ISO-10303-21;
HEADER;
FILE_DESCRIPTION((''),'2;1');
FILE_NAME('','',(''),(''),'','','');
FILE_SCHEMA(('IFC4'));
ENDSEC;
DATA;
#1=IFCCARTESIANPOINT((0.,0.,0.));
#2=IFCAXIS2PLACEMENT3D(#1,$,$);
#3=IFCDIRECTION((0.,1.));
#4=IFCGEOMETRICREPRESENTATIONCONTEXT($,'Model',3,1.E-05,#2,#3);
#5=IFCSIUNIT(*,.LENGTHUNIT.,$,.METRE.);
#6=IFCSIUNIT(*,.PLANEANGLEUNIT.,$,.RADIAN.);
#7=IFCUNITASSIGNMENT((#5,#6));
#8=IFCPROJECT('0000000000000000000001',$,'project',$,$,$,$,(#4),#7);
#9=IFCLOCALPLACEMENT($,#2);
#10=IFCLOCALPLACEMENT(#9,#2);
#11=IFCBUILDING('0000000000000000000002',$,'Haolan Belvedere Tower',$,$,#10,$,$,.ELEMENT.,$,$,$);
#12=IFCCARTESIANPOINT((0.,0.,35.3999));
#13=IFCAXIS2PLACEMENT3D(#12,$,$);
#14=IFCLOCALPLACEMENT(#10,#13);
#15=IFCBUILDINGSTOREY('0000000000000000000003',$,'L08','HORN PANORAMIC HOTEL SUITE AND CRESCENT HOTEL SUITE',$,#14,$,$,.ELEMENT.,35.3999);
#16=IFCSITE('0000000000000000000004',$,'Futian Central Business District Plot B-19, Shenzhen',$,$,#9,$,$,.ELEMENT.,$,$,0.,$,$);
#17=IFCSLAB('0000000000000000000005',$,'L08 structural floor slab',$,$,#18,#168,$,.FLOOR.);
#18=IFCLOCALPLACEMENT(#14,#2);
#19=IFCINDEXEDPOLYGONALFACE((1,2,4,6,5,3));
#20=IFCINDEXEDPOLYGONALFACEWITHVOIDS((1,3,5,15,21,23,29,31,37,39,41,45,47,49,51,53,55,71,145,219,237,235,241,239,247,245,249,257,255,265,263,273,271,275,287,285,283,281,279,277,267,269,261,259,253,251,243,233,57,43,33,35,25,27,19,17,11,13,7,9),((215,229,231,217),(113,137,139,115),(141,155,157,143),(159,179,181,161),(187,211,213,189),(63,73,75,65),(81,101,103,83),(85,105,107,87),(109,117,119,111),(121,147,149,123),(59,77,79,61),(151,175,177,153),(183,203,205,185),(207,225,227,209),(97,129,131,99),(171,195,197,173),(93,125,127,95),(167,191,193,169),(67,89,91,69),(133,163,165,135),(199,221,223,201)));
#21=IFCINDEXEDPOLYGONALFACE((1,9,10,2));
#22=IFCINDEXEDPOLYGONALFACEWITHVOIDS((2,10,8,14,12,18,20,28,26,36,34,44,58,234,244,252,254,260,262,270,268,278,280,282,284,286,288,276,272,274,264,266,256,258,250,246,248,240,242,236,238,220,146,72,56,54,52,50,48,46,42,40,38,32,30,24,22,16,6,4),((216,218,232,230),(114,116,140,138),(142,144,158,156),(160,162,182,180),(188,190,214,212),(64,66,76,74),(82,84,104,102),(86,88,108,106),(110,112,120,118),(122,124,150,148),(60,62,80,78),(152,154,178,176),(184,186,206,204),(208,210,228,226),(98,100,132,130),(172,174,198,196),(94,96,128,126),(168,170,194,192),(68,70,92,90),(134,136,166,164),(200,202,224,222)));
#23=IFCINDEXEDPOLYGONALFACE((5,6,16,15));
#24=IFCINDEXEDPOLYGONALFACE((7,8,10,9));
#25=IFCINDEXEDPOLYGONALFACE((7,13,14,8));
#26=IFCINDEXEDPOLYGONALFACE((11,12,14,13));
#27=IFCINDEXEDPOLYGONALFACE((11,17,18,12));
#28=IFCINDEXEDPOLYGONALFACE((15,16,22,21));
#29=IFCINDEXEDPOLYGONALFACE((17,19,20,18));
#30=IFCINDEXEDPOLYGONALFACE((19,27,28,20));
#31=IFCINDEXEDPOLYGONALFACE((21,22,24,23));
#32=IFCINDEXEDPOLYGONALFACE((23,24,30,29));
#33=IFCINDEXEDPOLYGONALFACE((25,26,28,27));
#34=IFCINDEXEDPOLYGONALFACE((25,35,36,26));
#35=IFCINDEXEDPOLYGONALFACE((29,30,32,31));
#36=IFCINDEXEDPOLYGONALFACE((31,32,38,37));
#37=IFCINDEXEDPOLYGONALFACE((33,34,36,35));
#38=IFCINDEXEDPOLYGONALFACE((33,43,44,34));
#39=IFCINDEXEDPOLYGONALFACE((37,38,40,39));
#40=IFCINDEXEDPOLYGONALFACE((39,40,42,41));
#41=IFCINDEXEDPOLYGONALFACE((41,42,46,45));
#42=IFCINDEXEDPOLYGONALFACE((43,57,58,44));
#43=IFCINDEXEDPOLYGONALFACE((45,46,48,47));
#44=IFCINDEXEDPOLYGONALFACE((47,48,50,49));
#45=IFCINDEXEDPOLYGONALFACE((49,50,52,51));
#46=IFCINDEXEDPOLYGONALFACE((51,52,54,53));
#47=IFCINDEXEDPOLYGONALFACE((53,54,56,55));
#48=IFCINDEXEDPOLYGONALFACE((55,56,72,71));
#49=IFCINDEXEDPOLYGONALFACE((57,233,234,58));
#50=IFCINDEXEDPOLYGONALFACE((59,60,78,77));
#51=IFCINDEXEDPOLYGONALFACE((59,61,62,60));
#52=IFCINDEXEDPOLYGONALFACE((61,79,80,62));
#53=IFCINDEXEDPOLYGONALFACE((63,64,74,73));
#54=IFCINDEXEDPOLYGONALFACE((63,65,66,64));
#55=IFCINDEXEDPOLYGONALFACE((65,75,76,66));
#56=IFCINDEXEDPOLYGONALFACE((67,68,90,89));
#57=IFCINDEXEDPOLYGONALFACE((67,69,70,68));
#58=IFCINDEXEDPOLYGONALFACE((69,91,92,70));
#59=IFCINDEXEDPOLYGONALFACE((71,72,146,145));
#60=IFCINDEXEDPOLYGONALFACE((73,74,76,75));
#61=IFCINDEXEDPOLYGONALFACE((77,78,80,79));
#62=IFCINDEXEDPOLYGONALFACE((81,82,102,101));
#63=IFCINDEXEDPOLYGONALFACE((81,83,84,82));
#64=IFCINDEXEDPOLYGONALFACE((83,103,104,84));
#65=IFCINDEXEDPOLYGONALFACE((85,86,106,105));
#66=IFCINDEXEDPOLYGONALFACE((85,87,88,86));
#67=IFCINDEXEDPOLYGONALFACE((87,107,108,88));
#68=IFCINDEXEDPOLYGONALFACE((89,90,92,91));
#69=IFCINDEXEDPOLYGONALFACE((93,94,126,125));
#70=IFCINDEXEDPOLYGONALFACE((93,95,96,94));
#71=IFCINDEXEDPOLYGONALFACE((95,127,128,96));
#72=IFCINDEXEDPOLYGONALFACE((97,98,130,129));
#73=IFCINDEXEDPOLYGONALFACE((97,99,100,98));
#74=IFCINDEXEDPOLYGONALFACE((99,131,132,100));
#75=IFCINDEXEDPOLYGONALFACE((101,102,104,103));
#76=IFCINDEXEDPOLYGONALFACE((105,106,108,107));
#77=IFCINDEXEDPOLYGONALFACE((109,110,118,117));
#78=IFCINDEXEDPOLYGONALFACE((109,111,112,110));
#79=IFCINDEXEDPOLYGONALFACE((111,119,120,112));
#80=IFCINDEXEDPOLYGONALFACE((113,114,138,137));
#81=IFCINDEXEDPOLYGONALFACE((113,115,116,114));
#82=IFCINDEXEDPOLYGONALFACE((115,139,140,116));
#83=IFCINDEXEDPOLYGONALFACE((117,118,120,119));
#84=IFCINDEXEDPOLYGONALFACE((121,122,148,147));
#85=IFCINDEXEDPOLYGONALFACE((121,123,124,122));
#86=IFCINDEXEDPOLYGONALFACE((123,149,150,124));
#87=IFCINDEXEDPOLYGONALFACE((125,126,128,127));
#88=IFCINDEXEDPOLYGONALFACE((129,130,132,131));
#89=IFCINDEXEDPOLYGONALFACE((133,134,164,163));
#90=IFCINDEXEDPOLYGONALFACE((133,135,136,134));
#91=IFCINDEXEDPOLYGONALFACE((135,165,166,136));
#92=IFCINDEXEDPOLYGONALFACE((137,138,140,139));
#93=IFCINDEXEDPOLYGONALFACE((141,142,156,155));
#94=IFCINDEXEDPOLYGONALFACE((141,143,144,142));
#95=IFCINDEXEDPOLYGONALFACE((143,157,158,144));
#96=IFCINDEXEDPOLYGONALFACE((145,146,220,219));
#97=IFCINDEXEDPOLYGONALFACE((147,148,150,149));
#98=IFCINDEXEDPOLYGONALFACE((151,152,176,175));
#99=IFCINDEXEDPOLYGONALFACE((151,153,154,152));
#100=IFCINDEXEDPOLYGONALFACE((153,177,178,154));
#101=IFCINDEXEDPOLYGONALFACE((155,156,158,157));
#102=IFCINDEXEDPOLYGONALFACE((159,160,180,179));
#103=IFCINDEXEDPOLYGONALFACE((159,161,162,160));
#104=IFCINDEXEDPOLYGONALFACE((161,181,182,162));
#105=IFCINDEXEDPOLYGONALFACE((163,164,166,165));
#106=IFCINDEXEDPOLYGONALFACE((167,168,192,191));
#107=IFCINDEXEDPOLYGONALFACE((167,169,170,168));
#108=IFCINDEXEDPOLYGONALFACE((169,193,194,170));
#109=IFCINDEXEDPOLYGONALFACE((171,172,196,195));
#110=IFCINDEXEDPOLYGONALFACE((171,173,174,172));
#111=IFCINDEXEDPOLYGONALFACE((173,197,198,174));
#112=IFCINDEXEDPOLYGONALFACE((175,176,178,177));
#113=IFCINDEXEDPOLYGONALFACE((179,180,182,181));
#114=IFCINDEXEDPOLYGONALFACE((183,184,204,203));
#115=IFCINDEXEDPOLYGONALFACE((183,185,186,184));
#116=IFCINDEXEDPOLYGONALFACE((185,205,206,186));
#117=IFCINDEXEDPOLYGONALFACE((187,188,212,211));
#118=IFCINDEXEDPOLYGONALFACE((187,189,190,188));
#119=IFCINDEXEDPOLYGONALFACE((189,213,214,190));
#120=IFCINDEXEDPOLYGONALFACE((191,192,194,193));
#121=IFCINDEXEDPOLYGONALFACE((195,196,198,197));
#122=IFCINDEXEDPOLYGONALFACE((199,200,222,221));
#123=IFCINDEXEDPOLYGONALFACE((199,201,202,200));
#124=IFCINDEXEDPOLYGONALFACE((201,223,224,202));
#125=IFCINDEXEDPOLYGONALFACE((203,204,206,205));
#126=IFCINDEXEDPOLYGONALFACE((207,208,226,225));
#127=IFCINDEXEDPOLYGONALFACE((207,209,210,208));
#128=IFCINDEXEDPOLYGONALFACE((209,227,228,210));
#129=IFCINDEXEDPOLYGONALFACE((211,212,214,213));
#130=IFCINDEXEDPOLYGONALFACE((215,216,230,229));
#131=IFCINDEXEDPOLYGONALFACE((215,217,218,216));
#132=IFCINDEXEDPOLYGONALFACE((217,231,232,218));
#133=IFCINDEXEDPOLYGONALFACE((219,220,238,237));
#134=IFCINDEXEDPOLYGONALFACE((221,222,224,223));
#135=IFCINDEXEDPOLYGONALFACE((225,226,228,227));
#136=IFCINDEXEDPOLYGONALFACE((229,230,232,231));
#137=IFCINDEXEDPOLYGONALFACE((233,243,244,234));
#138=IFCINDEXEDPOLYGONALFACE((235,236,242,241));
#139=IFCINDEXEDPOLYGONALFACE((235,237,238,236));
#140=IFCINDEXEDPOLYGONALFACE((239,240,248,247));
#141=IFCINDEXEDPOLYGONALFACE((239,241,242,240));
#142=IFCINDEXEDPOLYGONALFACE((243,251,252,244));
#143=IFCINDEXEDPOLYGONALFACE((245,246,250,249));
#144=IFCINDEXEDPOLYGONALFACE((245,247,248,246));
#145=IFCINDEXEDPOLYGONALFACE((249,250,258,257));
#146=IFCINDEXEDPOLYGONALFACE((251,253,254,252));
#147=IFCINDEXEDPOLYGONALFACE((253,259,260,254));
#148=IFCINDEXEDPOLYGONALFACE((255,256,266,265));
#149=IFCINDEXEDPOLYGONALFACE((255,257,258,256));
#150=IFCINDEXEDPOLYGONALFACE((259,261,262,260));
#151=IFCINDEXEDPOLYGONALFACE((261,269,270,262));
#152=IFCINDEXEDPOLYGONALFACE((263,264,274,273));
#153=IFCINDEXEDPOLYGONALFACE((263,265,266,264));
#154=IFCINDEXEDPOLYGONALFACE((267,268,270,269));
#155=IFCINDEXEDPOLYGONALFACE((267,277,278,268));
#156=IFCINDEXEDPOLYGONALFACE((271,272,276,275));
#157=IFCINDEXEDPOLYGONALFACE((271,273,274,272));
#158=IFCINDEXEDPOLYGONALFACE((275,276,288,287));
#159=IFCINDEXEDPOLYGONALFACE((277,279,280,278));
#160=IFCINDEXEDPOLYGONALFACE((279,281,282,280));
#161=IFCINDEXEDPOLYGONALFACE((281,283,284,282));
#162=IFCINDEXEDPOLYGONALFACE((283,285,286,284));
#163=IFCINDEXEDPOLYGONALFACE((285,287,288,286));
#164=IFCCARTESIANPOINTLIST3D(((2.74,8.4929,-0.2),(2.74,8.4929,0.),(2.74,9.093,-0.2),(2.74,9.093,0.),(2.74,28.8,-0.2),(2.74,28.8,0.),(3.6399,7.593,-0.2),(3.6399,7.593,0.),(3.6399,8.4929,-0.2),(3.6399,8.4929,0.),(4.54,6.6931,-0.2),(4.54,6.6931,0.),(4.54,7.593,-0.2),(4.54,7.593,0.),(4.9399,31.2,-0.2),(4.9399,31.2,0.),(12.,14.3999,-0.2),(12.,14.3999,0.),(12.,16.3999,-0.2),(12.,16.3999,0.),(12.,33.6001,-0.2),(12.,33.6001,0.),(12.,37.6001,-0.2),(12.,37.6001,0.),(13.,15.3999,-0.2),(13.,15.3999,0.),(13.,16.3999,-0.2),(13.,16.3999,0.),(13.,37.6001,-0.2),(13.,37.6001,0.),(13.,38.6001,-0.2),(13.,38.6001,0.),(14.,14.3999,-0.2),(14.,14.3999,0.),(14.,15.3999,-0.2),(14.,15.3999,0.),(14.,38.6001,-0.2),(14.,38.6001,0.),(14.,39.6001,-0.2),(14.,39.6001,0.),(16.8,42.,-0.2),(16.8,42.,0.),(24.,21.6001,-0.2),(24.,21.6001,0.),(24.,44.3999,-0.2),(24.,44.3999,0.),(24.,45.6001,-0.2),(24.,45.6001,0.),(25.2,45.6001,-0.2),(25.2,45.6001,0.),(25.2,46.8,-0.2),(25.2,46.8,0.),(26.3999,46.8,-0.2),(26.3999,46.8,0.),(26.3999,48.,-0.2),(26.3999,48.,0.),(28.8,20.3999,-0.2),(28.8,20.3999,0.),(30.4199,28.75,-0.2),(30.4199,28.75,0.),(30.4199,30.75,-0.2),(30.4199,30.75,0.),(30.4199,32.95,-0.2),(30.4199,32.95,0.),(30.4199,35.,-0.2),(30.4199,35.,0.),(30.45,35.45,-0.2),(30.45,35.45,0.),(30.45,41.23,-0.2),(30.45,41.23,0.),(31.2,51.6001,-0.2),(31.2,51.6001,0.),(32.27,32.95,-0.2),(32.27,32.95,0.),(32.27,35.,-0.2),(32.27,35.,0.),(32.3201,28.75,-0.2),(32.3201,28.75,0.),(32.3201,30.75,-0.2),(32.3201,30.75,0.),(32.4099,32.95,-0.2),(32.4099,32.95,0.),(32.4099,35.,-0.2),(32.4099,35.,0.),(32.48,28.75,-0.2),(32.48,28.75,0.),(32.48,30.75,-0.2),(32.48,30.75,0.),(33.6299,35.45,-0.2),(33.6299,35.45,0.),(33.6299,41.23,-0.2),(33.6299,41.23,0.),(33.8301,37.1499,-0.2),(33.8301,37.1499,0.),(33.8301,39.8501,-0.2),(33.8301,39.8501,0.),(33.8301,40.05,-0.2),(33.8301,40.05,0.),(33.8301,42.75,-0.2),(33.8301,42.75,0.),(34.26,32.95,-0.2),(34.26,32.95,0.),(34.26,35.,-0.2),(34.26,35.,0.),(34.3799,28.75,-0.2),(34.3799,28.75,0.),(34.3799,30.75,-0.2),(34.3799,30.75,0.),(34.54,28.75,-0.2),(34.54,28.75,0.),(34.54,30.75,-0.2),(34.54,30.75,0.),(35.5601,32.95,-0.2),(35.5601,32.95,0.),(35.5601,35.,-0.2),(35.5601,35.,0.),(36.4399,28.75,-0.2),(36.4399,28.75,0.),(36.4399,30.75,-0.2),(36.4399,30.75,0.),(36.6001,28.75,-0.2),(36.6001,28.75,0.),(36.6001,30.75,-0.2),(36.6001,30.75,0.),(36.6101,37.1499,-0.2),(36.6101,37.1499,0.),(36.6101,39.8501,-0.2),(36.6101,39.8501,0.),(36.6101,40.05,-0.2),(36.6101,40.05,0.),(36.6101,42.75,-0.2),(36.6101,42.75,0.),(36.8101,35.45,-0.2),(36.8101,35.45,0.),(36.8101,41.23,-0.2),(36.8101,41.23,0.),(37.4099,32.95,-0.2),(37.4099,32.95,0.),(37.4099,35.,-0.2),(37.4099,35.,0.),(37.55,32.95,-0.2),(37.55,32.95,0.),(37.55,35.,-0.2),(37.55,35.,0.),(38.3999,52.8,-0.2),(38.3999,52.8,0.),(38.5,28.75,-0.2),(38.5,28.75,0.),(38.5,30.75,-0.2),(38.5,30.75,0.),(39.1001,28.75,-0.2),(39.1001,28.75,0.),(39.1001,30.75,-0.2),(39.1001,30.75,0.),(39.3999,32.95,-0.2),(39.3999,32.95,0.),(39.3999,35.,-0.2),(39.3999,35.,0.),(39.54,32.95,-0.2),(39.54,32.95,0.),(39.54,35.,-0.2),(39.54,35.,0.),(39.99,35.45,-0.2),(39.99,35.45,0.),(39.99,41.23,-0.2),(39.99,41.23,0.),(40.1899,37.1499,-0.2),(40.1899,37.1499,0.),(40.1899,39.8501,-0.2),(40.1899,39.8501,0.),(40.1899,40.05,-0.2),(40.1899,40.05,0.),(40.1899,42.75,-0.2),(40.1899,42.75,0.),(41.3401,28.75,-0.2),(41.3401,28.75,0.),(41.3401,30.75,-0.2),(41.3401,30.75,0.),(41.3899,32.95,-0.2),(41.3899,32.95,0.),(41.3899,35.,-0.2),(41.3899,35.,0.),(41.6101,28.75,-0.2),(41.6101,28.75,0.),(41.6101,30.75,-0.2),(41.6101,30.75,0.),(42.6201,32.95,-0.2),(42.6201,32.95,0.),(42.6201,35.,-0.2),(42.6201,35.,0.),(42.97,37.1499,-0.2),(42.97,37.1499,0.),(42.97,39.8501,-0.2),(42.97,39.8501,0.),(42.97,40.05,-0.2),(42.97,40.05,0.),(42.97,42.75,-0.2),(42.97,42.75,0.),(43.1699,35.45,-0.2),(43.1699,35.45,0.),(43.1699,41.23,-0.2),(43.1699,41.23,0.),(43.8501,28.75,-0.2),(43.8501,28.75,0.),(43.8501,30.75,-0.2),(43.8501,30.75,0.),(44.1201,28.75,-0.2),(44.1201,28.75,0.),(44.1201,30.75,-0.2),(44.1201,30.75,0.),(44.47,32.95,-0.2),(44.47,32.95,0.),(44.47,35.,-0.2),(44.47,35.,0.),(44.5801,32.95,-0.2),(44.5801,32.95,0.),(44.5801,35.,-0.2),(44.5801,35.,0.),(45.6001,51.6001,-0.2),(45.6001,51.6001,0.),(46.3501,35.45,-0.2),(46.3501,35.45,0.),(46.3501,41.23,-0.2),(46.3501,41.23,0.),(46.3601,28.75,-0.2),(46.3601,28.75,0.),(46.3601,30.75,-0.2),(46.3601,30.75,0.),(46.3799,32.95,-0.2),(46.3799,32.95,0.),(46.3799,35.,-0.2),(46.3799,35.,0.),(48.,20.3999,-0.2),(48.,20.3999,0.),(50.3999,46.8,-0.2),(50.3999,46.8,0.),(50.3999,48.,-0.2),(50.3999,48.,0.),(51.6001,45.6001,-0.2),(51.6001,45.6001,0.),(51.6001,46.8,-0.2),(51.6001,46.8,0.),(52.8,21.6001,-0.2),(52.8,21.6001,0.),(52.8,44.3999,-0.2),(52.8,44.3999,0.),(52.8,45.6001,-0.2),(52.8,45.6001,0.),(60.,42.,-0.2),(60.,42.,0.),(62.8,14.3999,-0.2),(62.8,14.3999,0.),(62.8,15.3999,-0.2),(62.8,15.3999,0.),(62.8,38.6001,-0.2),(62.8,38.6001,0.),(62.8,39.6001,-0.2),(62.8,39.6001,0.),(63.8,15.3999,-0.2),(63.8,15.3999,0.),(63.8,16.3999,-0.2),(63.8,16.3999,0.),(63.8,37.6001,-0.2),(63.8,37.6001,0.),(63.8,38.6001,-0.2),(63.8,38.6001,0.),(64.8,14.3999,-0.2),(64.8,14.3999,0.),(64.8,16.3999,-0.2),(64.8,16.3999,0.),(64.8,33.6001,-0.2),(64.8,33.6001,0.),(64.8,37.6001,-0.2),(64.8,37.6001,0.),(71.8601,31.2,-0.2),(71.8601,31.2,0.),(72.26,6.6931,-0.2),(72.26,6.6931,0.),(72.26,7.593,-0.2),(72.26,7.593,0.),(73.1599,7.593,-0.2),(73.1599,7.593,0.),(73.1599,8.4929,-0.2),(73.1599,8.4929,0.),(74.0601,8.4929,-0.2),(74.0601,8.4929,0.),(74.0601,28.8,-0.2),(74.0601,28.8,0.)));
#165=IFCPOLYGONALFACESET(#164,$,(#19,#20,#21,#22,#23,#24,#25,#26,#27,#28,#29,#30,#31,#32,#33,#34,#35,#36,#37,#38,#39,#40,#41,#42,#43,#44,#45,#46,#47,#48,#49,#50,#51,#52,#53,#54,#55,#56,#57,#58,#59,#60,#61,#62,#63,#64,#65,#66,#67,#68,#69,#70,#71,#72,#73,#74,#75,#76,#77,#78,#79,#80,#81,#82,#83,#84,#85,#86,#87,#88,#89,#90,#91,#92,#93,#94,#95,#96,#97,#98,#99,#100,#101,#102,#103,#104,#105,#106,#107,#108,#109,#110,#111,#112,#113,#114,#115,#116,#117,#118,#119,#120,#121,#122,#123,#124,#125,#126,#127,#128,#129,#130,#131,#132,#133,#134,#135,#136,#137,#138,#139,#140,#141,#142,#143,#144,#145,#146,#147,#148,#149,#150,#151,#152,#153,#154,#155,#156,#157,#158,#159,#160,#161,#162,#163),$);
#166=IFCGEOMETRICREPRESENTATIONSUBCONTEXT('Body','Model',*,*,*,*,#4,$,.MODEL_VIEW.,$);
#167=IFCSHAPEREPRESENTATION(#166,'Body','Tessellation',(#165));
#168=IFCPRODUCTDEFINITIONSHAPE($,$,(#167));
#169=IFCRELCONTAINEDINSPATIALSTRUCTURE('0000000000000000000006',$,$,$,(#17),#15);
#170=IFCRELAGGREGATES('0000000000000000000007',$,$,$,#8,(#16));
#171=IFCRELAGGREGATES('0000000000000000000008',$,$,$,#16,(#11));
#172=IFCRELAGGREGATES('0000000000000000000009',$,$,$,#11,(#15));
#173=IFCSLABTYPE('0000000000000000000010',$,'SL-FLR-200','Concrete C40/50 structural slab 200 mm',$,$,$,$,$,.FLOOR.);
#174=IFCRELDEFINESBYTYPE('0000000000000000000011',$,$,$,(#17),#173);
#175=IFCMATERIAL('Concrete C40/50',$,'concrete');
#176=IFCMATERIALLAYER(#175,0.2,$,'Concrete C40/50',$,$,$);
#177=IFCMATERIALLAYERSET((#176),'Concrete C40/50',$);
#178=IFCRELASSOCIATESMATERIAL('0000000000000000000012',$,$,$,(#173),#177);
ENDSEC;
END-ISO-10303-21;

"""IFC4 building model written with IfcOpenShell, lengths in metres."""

from ifc_helpers import new_model, si_unit, direction, frame, origin, place, context, subcontext, project, spatial, polyline, outline, extrude, material, layer, layer_set, type_object, element, save


model = new_model("IFC4")

# Units and contexts
model_context = context("Model", 3, precision=1e-05, world=origin(), true_north=direction((0.0, 1.0)))
body_context = subcontext(model_context, "Body", "Model", "MODEL_VIEW")
ifc_project = project(units=[si_unit("LENGTHUNIT", "METRE"), si_unit("PLANEANGLEUNIT", "RADIAN")], contexts=[model_context])

# Site, building, storey
site_placement = place(None, origin())
site = spatial("IfcSite", under=ifc_project, at=site_placement, Name="Futian Central Business District Plot B-19, Shenzhen", CompositionType="ELEMENT", RefElevation=0.0)
building_placement = place(site_placement, origin())
building = spatial("IfcBuilding", under=site, at=building_placement, Name="Haolan Belvedere Tower", CompositionType="ELEMENT")
storey_placement = place(building_placement, frame((0.0, 0.0, 35.3999)))
storey = spatial("IfcBuildingStorey", under=building, at=storey_placement, Name="L08", Description="HORN PANORAMIC HOTEL SUITE AND CRESCENT HOTEL SUITE", CompositionType="ELEMENT", Elevation=35.3999)

# Slab
ifc_material_1 = material(Name="Concrete C40/50", Category="concrete")
ifc_layer_1 = layer(ifc_material_1, 0.2, Name="Concrete C40/50")
ifc_layer_set_1 = layer_set([ifc_layer_1], Name="Concrete C40/50")
slab_type_1 = type_object("IfcSlabType", Name="SL-FLR-200", Description="Concrete C40/50 structural slab 200 mm", PredefinedType="FLOOR", material=ifc_layer_set_1)
slab_1_placement = place(storey_placement, frame((0.0, 0.0, -0.2)))
element("IfcSlab", 1, at=slab_1_placement, inside=storey, type_object=slab_type_1, Name="L08 structural floor slab", PredefinedType="FLOOR", context=body_context, shape_type="SweptSolid", body=[
    extrude(outline(polyline([(2.74, 28.8), (2.74, 9.093), (2.74, 8.4929), (3.6399, 8.4929), (3.6399, 7.593), (4.54, 7.593), (4.54, 6.6931), (12.0, 14.3999), (12.0, 16.3999), (13.0, 16.3999), (13.0, 15.3999), (14.0, 15.3999), (14.0, 14.3999), (24.0, 21.6001), (28.8, 20.3999), (48.0, 20.3999), (52.8, 21.6001), (62.8, 14.3999), (62.8, 15.3999), (63.8, 15.3999), (63.8, 16.3999), (64.8, 16.3999), (64.8, 14.3999), (72.26, 6.6931), (72.26, 7.593), (73.1599, 7.593), (73.1599, 8.4929), (74.0601, 8.4929), (74.0601, 28.8), (71.8601, 31.2), (64.8, 33.6001), (64.8, 37.6001), (63.8, 37.6001), (63.8, 38.6001), (62.8, 38.6001), (62.8, 39.6001), (60.0, 42.0), (52.8, 44.3999), (52.8, 45.6001), (51.6001, 45.6001), (51.6001, 46.8), (50.3999, 46.8), (50.3999, 48.0), (45.6001, 51.6001), (38.3999, 52.8), (31.2, 51.6001), (26.3999, 48.0), (26.3999, 46.8), (25.2, 46.8), (25.2, 45.6001), (24.0, 45.6001), (24.0, 44.3999), (16.8, 42.0), (14.0, 39.6001), (14.0, 38.6001), (13.0, 38.6001), (13.0, 37.6001), (12.0, 37.6001), (12.0, 33.6001), (4.9399, 31.2), (2.74, 28.8)]), holes=[polyline([(30.45, 41.23), (30.45, 35.45), (33.6299, 35.45), (33.6299, 41.23), (30.45, 41.23)]), polyline([(36.8101, 41.23), (36.8101, 35.45), (39.99, 35.45), (39.99, 41.23), (36.8101, 41.23)]), polyline([(43.1699, 41.23), (43.1699, 35.45), (46.3501, 35.45), (46.3501, 41.23), (43.1699, 41.23)]), polyline([(33.8301, 40.05), (36.6101, 40.05), (36.6101, 42.75), (33.8301, 42.75), (33.8301, 40.05)]), polyline([(33.8301, 37.1499), (36.6101, 37.1499), (36.6101, 39.8501), (33.8301, 39.8501), (33.8301, 37.1499)]), polyline([(40.1899, 40.05), (42.97, 40.05), (42.97, 42.75), (40.1899, 42.75), (40.1899, 40.05)]), polyline([(40.1899, 37.1499), (42.97, 37.1499), (42.97, 39.8501), (40.1899, 39.8501), (40.1899, 37.1499)]), polyline([(30.4199, 32.95), (32.27, 32.95), (32.27, 35.0), (30.4199, 35.0), (30.4199, 32.95)]), polyline([(32.4099, 32.95), (34.26, 32.95), (34.26, 35.0), (32.4099, 35.0), (32.4099, 32.95)]), polyline([(35.5601, 32.95), (37.4099, 32.95), (37.4099, 35.0), (35.5601, 35.0), (35.5601, 32.95)]), polyline([(37.55, 32.95), (39.3999, 32.95), (39.3999, 35.0), (37.55, 35.0), (37.55, 32.95)]), polyline([(39.54, 32.95), (41.3899, 32.95), (41.3899, 35.0), (39.54, 35.0), (39.54, 32.95)]), polyline([(42.6201, 32.95), (44.47, 32.95), (44.47, 35.0), (42.6201, 35.0), (42.6201, 32.95)]), polyline([(44.5801, 32.95), (46.3799, 32.95), (46.3799, 35.0), (44.5801, 35.0), (44.5801, 32.95)]), polyline([(30.4199, 28.75), (32.3201, 28.75), (32.3201, 30.75), (30.4199, 30.75), (30.4199, 28.75)]), polyline([(32.48, 28.75), (34.3799, 28.75), (34.3799, 30.75), (32.48, 30.75), (32.48, 28.75)]), polyline([(34.54, 28.75), (36.4399, 28.75), (36.4399, 30.75), (34.54, 30.75), (34.54, 28.75)]), polyline([(36.6001, 28.75), (38.5, 28.75), (38.5, 30.75), (36.6001, 30.75), (36.6001, 28.75)]), polyline([(39.1001, 28.75), (41.3401, 28.75), (41.3401, 30.75), (39.1001, 30.75), (39.1001, 28.75)]), polyline([(41.6101, 28.75), (43.8501, 28.75), (43.8501, 30.75), (41.6101, 30.75), (41.6101, 28.75)]), polyline([(44.1201, 28.75), (46.3601, 28.75), (46.3601, 30.75), (44.1201, 30.75), (44.1201, 28.75)])]), origin(), (0.0, 0.0, 1.0), 0.2),
])

save(model, "model.ifc")
